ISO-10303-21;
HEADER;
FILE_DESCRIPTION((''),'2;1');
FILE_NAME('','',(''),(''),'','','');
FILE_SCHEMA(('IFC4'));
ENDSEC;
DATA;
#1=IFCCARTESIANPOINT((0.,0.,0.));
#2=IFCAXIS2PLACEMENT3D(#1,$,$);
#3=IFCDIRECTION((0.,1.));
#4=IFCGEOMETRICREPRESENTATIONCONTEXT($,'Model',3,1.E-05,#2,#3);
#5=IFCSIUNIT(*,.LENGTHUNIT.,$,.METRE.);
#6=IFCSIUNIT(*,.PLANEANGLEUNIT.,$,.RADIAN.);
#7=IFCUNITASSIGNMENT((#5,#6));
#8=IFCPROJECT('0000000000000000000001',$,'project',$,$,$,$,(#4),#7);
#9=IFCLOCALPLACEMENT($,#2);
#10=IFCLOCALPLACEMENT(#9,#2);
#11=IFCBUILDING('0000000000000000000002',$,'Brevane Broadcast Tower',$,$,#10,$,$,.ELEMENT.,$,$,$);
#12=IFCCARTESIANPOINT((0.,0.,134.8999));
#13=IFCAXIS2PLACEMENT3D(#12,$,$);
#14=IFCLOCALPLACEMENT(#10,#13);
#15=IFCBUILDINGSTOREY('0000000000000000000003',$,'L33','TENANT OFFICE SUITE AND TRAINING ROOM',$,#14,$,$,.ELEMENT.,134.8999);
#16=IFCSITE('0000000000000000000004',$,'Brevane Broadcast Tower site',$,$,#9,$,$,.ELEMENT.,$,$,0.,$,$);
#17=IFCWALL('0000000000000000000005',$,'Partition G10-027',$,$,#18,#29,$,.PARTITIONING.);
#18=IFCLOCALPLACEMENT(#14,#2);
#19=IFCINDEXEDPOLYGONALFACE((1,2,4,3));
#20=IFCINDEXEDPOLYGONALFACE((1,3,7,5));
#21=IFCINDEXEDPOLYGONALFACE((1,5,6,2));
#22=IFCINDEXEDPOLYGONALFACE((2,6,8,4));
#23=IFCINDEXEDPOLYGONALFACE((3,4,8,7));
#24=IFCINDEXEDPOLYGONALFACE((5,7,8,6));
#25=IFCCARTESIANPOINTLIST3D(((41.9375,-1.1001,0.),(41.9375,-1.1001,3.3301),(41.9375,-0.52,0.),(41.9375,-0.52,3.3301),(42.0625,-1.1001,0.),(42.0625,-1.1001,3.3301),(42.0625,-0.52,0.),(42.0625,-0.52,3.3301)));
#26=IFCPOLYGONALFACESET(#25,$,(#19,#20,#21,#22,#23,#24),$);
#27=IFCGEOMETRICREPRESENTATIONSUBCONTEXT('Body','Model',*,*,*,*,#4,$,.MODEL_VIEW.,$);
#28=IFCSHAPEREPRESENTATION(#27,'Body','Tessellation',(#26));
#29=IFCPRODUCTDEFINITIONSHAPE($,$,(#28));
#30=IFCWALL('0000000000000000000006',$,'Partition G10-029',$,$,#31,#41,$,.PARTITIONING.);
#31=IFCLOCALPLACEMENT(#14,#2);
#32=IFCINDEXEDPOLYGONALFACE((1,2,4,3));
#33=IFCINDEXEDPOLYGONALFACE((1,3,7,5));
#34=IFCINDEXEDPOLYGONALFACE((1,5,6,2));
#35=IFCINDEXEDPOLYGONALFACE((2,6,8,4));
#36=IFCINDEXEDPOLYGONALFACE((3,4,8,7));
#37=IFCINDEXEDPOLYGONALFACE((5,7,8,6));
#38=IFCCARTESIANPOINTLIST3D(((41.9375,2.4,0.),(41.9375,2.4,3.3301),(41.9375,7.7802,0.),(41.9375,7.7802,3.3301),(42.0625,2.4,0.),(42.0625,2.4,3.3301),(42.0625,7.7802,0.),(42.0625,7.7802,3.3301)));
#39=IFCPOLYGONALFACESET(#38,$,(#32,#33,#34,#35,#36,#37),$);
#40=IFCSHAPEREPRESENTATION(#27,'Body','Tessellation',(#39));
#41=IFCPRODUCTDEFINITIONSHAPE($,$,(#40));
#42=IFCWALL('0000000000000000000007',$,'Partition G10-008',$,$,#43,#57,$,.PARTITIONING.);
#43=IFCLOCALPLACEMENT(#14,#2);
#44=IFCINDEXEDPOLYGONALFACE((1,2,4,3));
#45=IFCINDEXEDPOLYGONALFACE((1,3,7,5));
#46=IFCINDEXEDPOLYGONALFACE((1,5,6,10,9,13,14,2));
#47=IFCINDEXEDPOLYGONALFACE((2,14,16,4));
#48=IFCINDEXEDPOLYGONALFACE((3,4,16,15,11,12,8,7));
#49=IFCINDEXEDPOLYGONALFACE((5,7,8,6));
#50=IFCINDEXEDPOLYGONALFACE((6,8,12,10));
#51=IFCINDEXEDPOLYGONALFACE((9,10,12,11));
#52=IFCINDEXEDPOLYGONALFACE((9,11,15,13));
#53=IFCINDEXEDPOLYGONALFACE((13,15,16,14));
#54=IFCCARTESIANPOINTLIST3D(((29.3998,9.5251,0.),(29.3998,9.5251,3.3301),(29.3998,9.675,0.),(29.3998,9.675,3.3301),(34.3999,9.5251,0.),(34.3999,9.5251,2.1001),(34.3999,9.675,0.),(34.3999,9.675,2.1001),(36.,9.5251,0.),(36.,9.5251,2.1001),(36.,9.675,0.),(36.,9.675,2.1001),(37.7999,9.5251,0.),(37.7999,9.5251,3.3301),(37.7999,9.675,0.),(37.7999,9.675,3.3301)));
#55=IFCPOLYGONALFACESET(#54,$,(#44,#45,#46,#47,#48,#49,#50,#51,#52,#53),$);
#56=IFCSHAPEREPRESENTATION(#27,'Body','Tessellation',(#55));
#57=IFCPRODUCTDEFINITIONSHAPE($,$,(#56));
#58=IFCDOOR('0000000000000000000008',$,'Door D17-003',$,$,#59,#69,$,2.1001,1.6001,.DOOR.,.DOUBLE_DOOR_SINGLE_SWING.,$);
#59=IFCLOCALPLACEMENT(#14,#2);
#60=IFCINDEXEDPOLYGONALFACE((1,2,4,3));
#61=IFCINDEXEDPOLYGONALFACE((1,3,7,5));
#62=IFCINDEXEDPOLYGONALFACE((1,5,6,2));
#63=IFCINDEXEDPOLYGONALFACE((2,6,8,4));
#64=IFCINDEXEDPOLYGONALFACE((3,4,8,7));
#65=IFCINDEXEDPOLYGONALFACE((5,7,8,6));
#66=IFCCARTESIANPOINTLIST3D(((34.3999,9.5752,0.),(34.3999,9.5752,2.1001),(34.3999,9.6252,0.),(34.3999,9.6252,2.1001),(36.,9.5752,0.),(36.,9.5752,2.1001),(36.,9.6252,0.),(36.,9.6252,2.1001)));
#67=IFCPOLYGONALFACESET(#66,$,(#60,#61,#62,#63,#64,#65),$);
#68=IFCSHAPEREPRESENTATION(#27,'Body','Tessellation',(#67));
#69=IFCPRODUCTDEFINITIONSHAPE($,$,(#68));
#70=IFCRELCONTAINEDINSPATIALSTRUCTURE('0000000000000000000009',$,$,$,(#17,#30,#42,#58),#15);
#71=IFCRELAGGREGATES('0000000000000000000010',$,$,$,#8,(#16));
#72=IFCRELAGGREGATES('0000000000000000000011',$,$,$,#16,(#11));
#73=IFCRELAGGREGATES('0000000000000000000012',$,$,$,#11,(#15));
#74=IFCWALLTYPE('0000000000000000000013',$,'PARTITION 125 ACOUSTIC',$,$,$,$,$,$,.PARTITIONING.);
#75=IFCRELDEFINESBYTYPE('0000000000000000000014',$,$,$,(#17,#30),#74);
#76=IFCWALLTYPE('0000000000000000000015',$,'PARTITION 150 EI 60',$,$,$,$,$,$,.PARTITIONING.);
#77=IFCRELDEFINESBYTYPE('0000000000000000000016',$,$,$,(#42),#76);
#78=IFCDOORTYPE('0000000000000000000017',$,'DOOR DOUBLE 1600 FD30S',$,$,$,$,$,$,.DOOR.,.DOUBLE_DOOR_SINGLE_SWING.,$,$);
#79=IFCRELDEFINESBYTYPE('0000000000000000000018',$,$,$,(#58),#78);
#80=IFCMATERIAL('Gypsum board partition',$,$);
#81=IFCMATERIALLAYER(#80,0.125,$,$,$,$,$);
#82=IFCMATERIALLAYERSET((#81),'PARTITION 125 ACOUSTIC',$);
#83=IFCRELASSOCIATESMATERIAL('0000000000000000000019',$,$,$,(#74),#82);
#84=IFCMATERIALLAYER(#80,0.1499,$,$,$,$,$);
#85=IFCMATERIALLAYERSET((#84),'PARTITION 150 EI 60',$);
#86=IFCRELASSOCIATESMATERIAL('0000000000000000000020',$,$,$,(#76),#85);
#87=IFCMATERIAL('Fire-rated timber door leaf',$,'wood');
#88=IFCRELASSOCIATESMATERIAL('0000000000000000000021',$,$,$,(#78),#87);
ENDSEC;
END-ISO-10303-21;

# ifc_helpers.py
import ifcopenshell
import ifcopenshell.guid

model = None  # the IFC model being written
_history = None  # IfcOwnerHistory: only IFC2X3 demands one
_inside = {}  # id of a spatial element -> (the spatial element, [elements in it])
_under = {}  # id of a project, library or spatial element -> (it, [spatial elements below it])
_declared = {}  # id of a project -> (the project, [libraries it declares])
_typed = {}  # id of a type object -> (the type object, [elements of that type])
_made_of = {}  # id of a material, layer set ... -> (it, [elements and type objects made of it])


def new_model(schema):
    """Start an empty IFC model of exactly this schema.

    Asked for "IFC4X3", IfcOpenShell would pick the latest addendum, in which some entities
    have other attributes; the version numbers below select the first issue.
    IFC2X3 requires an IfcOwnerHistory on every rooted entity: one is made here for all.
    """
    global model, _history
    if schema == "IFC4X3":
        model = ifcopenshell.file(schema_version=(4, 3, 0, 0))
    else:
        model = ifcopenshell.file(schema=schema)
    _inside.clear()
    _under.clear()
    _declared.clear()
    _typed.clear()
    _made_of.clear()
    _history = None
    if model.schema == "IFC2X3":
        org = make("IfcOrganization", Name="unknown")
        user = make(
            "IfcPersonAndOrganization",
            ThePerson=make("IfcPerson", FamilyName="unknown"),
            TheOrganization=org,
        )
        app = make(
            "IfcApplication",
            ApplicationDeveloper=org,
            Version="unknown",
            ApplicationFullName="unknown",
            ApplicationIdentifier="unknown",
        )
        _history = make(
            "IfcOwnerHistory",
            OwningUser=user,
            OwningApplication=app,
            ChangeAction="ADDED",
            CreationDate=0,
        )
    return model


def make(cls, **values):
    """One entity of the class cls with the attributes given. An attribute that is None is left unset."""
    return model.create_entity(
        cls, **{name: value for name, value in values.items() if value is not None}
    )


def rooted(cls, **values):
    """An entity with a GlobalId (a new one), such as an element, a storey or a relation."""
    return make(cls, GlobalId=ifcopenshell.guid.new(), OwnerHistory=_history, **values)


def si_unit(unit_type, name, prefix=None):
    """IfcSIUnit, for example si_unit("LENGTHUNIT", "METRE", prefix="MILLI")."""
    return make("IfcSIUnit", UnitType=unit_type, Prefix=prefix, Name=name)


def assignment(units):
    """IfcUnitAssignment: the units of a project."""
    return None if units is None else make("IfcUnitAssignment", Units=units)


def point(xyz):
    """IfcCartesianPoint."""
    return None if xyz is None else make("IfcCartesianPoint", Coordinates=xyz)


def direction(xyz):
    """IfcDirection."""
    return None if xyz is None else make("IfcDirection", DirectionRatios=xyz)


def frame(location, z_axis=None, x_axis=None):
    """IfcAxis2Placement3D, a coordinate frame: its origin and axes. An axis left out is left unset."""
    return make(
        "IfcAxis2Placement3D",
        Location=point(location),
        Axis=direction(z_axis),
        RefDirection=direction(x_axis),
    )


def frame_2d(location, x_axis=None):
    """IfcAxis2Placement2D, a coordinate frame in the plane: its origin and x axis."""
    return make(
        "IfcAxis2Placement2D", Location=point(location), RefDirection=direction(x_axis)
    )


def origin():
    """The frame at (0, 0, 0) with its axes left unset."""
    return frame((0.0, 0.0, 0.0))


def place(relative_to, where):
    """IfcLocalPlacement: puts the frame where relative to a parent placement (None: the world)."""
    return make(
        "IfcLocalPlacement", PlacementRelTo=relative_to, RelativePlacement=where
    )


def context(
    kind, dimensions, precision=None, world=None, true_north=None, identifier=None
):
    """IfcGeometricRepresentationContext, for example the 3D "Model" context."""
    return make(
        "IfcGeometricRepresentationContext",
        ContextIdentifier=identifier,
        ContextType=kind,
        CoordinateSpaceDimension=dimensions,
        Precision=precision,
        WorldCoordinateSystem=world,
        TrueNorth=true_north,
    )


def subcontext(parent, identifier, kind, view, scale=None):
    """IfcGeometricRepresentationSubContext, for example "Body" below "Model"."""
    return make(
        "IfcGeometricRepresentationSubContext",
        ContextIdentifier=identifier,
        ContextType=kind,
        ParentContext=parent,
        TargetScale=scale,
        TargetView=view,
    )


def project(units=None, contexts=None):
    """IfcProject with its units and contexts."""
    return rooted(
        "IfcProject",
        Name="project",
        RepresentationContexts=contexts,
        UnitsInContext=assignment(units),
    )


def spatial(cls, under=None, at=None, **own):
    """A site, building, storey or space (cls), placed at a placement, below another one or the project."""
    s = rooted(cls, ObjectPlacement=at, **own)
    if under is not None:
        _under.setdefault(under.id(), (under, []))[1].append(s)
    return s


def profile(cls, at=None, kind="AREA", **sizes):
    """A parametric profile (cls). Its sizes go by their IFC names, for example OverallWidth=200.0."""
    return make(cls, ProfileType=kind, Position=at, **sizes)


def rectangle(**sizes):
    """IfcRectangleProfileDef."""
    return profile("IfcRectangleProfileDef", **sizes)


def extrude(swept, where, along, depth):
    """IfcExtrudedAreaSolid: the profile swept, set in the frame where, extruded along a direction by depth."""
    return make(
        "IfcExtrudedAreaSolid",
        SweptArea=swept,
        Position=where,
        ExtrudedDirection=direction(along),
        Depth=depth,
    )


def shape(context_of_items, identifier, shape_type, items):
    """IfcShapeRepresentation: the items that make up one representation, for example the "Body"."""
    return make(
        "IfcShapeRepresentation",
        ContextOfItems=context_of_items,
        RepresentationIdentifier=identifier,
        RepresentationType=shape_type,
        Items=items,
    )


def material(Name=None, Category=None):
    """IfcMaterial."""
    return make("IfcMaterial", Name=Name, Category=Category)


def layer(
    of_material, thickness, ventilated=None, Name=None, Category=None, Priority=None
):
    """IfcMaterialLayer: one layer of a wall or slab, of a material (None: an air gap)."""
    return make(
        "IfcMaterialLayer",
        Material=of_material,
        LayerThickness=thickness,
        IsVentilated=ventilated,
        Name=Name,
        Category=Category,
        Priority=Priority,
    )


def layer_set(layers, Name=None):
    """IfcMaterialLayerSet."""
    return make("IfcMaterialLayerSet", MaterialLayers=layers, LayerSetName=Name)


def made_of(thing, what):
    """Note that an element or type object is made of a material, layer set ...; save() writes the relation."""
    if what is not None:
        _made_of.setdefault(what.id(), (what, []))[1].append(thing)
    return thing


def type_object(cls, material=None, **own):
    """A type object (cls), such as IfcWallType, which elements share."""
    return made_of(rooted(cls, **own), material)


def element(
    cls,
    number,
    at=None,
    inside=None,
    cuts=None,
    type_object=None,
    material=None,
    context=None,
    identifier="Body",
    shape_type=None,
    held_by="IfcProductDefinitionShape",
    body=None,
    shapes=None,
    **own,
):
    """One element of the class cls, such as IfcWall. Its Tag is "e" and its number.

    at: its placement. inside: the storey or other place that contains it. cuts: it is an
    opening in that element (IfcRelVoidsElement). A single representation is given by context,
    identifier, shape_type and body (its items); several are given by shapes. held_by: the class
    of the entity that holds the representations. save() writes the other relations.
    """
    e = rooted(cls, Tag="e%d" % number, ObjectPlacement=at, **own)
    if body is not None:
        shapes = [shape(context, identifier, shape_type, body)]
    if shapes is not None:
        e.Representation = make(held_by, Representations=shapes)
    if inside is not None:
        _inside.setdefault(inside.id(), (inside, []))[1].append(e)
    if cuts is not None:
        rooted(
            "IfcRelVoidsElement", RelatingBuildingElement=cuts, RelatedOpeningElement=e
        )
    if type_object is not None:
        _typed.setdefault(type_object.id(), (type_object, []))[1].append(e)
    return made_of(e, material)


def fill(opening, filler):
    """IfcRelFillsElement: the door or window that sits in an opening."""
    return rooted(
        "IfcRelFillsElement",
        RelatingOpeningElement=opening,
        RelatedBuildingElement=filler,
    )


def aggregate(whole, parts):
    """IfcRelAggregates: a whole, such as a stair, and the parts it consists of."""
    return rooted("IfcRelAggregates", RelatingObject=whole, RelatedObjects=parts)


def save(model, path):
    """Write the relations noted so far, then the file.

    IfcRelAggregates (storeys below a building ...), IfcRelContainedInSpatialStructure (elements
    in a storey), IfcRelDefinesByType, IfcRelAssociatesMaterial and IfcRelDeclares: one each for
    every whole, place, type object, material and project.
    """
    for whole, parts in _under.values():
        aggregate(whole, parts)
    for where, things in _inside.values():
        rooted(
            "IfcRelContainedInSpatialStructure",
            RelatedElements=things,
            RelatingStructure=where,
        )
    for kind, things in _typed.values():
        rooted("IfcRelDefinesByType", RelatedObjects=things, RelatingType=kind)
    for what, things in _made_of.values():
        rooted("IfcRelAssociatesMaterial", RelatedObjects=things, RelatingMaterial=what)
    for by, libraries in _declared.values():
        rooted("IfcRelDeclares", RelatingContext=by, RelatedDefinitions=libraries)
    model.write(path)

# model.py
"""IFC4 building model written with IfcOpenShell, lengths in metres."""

from ifc_helpers import new_model, si_unit, direction, frame, frame_2d, origin, place, context, subcontext, project, spatial, rectangle, extrude, material, layer, layer_set, type_object, element, fill, save


model = new_model("IFC4")

# Units and contexts
model_context = context("Model", 3, precision=1e-05, world=origin(), true_north=direction((0.0, 1.0)))
body_context = subcontext(model_context, "Body", "Model", "MODEL_VIEW")
ifc_project = project(units=[si_unit("LENGTHUNIT", "METRE"), si_unit("PLANEANGLEUNIT", "RADIAN")], contexts=[model_context])

# Site, building, storey
site_placement = place(None, origin())
site = spatial("IfcSite", under=ifc_project, at=site_placement, Name="Brevane Broadcast Tower site", CompositionType="ELEMENT", RefElevation=0.0)
building_placement = place(site_placement, origin())
building = spatial("IfcBuilding", under=site, at=building_placement, Name="Brevane Broadcast Tower", CompositionType="ELEMENT")
storey_placement = place(building_placement, frame((0.0, 0.0, 134.8999)))
storey = spatial("IfcBuildingStorey", under=building, at=storey_placement, Name="L33", Description="TENANT OFFICE SUITE AND TRAINING ROOM", CompositionType="ELEMENT", Elevation=134.8999)

# Walls
ifc_material_1 = material(Name="Gypsum board partition")
ifc_layer_1 = layer(ifc_material_1, 0.125)
ifc_layer_set_1 = layer_set([ifc_layer_1], Name="PARTITION 125 ACOUSTIC")
wall_type_1 = type_object("IfcWallType", Name="PARTITION 125 ACOUSTIC", PredefinedType="PARTITIONING", material=ifc_layer_set_1)
wall_1_placement = place(storey_placement, frame((42.0, -0.52, 0.0), z_axis=(0.0, 0.0, 1.0), x_axis=(0.0, -1.0, 0.0)))
element("IfcWall", 1, at=wall_1_placement, inside=storey, type_object=wall_type_1, Name="Partition G10-027", PredefinedType="PARTITIONING", context=body_context, shape_type="SweptSolid", body=[
    extrude(rectangle(XDim=0.5801, YDim=0.125, at=frame_2d((0.29, 0.0))), origin(), (0.0, 0.0, 1.0), 3.3301),
])
wall_2_placement = place(storey_placement, frame((42.0, 7.78, 0.0), z_axis=(0.0, 0.0, 1.0), x_axis=(0.0, -1.0, 0.0)))
element("IfcWall", 2, at=wall_2_placement, inside=storey, type_object=wall_type_1, Name="Partition G10-029", PredefinedType="PARTITIONING", context=body_context, shape_type="SweptSolid", body=[
    extrude(rectangle(XDim=5.3801, YDim=0.125, at=frame_2d((2.6899, 0.0))), origin(), (0.0, 0.0, 1.0), 3.3301),
])

# Wall, opening, door
ifc_layer_2 = layer(ifc_material_1, 0.1499)
ifc_layer_set_2 = layer_set([ifc_layer_2], Name="PARTITION 150 EI 60")
wall_type_2 = type_object("IfcWallType", Name="PARTITION 150 EI 60", PredefinedType="PARTITIONING", material=ifc_layer_set_2)
wall_3_placement = place(storey_placement, frame((37.8, 9.6001, 0.0), z_axis=(0.0, 0.0, 1.0), x_axis=(-1.0, 0.0, 0.0)))
wall_3 = element("IfcWall", 3, at=wall_3_placement, inside=storey, type_object=wall_type_2, Name="Partition G10-008", PredefinedType="PARTITIONING", context=body_context, shape_type="SweptSolid", body=[
    extrude(rectangle(XDim=8.4001, YDim=0.1499, at=frame_2d((4.2002, 0.0))), origin(), (0.0, 0.0, 1.0), 3.3301),
])
opening_placement = place(wall_3_placement, frame((1.8, 0.0, 0.0)))
opening = element("IfcOpeningElement", 4, at=opening_placement, cuts=wall_3, PredefinedType="OPENING", context=body_context, shape_type="SweptSolid", body=[
    extrude(rectangle(XDim=1.6001, YDim=2.1001, at=frame_2d((0.8, 1.05))), frame((0.0, 0.085, 0.0), z_axis=(0.0, -1.0, 0.0), x_axis=(1.0, 0.0, 0.0)), (0.0, 0.0, 1.0), 0.1699),
])
ifc_material_2 = material(Name="Fire-rated timber door leaf", Category="wood")
door_type = type_object("IfcDoorType", Name="DOOR DOUBLE 1600 FD30S", OperationType="DOUBLE_DOOR_SINGLE_SWING", PredefinedType="DOOR", material=ifc_material_2)
door_placement = place(opening_placement, origin())
door = element("IfcDoor", 5, at=door_placement, inside=storey, type_object=door_type, Name="Door D17-003", OperationType="DOUBLE_DOOR_SINGLE_SWING", OverallHeight=2.1001, OverallWidth=1.6001, PredefinedType="DOOR", context=body_context, shape_type="SweptSolid", body=[
    extrude(rectangle(XDim=1.6001, YDim=2.1001, at=frame_2d((0.8, 1.05))), frame((0.0, 0.0249, 0.0), z_axis=(0.0, -1.0, 0.0), x_axis=(1.0, 0.0, 0.0)), (0.0, 0.0, 1.0), 0.05),
])
fill(opening, door)

save(model, "model.ifc")
